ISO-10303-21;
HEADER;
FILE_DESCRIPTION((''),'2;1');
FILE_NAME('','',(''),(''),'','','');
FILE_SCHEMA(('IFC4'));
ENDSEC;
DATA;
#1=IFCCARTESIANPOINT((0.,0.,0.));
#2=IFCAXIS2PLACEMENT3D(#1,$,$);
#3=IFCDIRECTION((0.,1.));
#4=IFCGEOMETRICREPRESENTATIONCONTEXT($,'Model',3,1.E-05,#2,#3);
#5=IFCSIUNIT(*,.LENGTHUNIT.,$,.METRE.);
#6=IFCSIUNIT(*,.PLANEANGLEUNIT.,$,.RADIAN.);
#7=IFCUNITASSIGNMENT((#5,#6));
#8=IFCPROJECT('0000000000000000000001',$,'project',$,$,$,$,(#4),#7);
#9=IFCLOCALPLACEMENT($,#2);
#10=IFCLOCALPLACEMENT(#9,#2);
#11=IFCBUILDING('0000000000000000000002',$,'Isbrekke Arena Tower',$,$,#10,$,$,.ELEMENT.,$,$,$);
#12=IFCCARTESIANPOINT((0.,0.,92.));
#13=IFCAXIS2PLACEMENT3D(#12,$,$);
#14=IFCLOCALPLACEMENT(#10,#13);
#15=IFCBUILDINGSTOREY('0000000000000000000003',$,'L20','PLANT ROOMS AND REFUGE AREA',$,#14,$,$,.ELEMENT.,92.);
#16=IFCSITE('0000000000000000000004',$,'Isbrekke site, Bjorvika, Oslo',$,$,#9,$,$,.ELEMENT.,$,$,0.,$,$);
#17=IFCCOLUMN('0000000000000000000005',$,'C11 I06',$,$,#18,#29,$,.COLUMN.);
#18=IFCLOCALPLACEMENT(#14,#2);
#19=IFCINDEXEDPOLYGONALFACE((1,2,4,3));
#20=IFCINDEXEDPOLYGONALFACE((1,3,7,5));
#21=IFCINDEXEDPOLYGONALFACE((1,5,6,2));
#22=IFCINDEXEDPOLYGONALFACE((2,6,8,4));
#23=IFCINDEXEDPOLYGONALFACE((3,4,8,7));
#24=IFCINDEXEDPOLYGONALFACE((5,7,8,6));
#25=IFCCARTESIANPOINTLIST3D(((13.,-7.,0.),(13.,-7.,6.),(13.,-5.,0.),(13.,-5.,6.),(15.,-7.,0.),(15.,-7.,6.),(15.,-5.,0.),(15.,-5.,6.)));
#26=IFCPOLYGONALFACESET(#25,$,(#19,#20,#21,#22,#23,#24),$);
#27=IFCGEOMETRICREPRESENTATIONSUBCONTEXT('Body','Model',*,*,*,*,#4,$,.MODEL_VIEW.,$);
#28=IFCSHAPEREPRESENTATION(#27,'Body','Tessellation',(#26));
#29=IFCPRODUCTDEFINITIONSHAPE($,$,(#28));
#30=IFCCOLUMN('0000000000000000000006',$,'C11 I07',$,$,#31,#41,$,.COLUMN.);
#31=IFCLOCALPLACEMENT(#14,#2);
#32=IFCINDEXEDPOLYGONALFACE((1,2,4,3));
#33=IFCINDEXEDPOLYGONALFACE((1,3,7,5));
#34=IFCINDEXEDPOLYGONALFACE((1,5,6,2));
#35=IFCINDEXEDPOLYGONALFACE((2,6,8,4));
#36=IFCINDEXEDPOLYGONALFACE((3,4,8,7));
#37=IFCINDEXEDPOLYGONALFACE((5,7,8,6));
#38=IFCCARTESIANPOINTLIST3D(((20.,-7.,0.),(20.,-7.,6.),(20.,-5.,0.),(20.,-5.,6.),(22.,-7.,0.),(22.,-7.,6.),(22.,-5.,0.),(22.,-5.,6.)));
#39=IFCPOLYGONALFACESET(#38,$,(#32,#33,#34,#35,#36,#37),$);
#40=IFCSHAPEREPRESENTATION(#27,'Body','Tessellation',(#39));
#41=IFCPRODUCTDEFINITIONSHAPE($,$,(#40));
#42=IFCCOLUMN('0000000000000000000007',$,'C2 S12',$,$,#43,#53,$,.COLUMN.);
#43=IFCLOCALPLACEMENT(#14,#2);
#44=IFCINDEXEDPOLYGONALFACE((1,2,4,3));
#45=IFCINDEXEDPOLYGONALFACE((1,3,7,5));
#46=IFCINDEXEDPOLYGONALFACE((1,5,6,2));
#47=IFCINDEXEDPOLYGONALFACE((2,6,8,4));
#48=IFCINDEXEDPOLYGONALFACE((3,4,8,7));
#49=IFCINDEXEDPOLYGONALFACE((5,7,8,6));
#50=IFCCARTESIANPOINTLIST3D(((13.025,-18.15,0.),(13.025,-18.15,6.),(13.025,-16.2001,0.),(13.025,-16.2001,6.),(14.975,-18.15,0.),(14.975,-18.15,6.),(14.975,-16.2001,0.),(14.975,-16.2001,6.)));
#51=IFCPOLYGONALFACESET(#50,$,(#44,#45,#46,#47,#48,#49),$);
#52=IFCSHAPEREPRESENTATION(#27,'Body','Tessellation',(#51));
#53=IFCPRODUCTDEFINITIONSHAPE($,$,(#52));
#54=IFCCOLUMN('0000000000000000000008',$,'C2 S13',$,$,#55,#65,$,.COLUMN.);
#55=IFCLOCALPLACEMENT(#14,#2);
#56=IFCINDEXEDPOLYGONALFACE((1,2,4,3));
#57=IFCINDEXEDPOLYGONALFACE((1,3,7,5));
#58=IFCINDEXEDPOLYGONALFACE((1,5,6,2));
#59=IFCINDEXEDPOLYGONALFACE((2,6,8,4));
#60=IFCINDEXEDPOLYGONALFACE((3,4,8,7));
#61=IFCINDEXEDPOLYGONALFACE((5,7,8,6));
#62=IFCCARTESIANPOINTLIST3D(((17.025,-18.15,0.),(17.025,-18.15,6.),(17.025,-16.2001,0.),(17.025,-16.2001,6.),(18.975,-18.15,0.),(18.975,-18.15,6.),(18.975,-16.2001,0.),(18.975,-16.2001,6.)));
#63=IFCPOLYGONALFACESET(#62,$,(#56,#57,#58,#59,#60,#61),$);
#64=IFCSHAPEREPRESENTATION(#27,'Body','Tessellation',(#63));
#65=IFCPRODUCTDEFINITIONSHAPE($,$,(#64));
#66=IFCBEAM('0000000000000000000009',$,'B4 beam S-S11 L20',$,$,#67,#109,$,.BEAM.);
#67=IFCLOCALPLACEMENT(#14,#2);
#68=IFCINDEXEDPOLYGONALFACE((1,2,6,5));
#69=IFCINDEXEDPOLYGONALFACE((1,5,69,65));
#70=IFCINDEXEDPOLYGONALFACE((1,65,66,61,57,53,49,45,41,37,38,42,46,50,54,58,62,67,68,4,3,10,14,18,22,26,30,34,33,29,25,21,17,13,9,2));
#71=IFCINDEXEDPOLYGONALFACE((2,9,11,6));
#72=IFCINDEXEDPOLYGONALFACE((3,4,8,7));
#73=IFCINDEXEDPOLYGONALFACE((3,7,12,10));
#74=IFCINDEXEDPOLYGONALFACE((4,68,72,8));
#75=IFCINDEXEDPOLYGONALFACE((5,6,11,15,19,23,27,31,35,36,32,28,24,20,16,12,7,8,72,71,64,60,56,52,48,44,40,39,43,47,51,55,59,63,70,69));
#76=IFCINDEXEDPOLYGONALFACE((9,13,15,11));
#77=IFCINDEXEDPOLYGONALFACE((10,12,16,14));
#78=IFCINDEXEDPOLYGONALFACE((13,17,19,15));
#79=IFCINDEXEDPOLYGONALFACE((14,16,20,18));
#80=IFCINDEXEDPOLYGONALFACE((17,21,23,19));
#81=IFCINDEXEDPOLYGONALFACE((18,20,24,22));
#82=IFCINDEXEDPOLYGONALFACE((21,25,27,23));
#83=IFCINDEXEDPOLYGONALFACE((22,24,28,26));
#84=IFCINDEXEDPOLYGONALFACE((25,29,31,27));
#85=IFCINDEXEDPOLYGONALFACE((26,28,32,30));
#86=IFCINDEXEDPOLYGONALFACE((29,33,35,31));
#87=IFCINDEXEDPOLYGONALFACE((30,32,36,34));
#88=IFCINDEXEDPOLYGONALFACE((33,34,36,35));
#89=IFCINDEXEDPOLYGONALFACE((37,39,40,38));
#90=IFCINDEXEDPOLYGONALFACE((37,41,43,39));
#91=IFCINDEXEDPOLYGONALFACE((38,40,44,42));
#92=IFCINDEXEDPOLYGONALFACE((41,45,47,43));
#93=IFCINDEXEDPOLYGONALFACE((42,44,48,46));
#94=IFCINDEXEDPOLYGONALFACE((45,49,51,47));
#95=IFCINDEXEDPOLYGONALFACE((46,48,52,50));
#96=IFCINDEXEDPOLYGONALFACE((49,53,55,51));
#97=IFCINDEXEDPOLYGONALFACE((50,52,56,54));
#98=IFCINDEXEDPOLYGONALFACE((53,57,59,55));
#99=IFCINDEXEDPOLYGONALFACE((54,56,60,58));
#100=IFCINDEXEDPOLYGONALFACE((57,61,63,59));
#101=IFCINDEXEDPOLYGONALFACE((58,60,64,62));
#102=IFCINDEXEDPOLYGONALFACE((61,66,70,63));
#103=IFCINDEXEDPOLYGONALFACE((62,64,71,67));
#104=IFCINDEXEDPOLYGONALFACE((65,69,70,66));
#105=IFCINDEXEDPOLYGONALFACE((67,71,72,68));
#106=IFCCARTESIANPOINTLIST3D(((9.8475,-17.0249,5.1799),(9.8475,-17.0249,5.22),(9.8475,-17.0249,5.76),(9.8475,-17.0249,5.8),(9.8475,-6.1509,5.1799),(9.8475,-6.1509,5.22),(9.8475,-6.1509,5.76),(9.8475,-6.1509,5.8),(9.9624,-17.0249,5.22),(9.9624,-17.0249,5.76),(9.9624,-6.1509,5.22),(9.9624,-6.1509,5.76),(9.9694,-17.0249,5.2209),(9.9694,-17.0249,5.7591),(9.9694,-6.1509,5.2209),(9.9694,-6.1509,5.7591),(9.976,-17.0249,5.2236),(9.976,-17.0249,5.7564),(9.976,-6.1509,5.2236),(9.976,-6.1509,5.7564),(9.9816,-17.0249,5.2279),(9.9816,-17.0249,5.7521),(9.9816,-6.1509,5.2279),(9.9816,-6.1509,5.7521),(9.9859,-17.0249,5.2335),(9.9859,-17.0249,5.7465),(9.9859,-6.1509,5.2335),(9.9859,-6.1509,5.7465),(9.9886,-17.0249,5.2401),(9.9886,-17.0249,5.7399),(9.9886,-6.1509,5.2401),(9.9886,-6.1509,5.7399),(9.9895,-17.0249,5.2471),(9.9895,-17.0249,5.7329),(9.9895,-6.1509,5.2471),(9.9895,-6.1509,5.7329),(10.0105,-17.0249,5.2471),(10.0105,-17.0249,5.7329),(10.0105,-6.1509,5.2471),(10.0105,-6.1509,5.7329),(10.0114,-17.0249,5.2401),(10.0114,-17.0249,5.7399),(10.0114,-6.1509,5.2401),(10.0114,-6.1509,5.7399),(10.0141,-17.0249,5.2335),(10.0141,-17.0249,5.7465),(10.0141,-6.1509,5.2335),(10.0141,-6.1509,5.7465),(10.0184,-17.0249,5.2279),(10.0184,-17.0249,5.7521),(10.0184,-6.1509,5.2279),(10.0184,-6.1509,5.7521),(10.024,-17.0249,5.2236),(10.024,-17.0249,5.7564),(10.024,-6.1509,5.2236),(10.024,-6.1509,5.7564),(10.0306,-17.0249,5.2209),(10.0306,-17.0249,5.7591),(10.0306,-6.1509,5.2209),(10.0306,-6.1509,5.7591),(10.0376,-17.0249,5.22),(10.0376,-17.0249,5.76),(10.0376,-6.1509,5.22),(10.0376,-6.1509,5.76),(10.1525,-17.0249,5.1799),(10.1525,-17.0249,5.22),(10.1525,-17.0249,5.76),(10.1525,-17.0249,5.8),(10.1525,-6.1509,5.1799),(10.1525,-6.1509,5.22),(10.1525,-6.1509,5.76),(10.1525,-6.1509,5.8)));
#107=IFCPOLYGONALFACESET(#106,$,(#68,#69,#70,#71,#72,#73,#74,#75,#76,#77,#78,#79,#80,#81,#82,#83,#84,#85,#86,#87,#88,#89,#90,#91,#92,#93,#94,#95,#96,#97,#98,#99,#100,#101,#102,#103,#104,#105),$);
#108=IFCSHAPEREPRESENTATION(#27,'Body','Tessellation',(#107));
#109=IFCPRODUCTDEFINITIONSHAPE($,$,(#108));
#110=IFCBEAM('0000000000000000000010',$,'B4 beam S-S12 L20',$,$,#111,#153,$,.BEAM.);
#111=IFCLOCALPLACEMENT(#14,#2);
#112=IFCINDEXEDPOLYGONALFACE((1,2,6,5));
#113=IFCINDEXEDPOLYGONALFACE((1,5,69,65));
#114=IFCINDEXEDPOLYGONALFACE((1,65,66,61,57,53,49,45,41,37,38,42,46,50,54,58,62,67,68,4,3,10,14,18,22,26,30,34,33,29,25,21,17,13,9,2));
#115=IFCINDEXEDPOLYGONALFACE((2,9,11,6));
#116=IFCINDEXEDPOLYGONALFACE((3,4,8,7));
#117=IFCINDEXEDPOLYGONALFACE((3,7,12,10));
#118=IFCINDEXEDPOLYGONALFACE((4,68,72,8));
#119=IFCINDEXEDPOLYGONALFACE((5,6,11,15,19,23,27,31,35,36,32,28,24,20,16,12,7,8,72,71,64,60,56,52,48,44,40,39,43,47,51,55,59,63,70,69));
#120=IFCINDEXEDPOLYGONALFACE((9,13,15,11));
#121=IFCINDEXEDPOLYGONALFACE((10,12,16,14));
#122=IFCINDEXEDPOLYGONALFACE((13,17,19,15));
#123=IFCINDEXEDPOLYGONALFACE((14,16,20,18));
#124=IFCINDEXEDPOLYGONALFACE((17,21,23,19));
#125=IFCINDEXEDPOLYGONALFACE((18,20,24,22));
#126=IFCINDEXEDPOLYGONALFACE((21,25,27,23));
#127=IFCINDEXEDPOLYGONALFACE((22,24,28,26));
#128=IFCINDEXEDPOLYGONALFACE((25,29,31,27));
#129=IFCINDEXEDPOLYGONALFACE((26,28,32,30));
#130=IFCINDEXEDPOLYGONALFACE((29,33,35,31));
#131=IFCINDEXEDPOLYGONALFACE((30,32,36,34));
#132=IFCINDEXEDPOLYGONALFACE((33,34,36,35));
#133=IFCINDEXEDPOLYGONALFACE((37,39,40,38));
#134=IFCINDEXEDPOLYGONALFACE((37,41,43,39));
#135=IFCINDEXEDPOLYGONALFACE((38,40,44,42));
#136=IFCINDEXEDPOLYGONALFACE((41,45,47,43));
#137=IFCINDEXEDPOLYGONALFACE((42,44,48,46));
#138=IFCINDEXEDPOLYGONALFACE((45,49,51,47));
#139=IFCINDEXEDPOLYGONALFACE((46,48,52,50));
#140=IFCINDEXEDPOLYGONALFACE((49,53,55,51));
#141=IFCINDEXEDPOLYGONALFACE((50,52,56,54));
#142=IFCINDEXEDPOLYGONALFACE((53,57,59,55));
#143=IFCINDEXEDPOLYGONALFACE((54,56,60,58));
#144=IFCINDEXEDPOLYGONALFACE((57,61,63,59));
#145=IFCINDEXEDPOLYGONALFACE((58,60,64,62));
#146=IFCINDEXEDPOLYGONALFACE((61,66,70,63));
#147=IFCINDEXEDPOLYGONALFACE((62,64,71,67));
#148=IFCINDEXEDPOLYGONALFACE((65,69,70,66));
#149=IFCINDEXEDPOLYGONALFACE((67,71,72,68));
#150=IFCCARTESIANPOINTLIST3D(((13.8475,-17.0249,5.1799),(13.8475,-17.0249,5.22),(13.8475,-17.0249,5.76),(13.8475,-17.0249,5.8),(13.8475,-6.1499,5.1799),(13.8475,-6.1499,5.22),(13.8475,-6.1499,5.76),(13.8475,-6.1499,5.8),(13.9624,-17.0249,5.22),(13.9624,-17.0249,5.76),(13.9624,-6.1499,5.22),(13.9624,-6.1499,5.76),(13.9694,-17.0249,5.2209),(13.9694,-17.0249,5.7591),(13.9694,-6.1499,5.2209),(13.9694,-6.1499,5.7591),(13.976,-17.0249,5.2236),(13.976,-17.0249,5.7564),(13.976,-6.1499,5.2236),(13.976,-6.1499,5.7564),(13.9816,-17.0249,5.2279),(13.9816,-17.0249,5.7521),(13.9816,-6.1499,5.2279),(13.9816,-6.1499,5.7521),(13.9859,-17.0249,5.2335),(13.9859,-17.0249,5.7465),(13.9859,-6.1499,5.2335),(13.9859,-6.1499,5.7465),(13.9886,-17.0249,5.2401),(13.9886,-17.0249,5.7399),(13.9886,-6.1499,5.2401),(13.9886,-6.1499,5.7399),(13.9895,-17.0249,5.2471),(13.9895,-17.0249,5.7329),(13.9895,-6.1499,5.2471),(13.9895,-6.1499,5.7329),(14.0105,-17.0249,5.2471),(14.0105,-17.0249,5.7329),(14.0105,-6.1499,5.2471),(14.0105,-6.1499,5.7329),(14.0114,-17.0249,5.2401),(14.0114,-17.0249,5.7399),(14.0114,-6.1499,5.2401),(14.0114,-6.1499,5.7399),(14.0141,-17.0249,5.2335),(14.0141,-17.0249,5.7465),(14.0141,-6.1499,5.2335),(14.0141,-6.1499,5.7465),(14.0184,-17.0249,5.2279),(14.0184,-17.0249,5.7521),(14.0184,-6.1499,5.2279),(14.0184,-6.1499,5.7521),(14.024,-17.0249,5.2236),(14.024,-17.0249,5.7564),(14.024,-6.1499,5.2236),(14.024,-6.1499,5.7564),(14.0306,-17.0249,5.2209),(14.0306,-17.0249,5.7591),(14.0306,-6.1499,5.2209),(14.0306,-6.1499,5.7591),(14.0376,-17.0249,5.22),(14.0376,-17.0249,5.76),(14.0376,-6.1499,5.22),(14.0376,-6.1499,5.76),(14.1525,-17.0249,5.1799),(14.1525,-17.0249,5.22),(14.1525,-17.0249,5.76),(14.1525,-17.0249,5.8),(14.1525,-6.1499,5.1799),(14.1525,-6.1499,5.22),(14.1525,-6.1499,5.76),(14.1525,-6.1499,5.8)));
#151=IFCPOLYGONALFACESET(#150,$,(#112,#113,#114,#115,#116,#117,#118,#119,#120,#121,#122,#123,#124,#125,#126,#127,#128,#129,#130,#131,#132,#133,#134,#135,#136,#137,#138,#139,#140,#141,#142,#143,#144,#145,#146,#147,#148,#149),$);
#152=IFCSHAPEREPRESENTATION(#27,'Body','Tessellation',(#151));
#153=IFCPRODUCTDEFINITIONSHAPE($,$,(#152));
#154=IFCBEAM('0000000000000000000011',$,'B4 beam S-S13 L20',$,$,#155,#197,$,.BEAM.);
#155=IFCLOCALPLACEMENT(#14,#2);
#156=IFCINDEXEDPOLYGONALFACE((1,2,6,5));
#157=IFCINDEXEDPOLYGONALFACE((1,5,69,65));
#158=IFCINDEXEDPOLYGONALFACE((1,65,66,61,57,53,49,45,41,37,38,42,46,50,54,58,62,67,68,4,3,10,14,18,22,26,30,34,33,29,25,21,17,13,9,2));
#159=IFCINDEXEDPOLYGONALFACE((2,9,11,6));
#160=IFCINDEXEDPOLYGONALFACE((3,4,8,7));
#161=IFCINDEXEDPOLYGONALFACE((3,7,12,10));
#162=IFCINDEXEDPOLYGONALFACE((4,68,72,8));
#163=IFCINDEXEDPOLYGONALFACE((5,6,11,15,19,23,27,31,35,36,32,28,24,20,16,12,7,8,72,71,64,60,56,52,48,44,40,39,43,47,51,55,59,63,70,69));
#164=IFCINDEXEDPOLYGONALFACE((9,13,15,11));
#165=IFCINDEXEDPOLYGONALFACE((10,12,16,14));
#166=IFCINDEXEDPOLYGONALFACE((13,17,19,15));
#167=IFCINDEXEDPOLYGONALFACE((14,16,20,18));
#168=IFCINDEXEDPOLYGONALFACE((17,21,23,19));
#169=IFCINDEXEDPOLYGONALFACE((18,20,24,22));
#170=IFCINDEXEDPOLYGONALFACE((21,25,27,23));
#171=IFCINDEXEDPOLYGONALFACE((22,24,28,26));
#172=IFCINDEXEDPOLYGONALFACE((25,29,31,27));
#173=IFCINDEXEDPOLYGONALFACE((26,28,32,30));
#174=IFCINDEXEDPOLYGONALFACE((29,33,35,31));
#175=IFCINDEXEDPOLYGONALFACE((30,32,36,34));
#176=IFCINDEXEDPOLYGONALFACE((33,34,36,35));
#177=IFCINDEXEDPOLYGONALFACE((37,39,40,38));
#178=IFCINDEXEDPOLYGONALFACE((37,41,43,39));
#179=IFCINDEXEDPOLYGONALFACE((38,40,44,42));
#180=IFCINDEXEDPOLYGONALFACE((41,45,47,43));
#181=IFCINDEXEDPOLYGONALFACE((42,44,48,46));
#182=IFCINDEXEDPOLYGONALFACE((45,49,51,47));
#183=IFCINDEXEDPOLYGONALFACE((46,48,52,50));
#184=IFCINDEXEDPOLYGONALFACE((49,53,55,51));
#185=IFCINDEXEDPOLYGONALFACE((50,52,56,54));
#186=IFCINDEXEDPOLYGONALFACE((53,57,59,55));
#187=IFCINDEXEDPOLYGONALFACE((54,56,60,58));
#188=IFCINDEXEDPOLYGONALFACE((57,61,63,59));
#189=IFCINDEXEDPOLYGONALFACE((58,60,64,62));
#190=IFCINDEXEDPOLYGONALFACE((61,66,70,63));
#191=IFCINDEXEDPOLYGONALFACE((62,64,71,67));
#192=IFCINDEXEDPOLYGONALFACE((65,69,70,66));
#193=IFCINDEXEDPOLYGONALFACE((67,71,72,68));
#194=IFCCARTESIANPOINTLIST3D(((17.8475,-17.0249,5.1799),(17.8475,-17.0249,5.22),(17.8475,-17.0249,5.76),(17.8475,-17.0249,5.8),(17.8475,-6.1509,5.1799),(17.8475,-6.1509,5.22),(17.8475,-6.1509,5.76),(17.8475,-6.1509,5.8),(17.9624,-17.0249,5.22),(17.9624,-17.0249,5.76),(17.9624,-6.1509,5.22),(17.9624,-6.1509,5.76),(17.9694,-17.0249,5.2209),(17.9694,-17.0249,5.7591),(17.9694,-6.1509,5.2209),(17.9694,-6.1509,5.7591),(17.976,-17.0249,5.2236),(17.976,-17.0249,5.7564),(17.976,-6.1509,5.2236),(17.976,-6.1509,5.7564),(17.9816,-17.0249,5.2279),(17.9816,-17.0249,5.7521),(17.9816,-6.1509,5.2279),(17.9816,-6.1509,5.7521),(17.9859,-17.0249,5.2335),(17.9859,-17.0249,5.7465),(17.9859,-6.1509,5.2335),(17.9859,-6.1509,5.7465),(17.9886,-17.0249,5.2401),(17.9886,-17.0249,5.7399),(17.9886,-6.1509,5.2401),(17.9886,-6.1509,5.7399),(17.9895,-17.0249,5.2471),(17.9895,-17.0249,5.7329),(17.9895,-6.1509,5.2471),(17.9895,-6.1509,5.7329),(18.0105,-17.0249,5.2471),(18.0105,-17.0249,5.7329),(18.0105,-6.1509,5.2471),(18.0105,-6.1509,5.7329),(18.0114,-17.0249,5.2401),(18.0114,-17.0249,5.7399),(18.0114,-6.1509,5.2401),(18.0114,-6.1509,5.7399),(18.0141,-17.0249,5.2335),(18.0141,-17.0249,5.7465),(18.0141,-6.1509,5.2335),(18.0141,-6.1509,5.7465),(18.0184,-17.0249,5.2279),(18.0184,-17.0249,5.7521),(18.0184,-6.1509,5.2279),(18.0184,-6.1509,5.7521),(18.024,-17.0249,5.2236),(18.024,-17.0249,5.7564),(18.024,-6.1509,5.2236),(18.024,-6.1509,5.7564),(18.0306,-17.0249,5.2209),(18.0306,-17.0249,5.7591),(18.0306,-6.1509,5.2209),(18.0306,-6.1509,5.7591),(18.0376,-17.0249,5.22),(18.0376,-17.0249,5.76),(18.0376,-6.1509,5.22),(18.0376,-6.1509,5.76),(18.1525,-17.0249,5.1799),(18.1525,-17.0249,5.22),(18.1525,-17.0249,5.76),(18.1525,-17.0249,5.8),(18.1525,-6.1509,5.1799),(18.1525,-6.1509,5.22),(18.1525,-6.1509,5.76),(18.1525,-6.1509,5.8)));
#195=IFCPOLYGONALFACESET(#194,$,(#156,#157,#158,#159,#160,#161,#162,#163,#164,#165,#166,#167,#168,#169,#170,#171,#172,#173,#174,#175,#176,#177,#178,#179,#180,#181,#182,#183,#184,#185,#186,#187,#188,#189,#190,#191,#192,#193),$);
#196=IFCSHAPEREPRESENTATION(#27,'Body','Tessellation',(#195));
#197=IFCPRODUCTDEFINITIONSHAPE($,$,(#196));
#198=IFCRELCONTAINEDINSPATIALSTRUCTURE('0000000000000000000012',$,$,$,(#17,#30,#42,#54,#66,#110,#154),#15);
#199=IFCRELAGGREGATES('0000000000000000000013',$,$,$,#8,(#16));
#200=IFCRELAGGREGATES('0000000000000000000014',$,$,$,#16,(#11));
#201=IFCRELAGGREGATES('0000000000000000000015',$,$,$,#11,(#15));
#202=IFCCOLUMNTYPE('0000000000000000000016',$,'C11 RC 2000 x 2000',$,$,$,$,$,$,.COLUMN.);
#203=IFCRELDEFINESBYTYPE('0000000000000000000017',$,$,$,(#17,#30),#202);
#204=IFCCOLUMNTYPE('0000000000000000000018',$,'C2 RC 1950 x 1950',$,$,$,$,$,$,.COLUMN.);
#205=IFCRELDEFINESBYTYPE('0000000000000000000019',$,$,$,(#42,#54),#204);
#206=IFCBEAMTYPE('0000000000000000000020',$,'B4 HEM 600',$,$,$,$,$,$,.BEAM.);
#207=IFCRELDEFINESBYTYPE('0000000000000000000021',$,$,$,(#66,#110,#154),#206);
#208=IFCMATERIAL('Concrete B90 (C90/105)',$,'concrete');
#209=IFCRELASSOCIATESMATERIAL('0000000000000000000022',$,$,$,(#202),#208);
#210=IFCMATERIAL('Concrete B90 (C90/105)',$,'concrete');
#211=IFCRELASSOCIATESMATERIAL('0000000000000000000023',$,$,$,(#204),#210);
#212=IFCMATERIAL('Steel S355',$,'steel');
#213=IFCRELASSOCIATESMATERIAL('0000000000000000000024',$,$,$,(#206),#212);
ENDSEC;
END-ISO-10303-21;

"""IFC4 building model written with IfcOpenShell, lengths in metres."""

from ifc_helpers import new_model, si_unit, direction, frame, origin, origin_2d, place, context, subcontext, project, spatial, rectangle, i_section, extrude, material, material_profile, profile_set, type_object, element, save


model = new_model("IFC4")

# Units and contexts
model_context = context("Model", 3, precision=1e-05, world=origin(), true_north=direction((0.0, 1.0)))
body_context = subcontext(model_context, "Body", "Model", "MODEL_VIEW")
ifc_project = project(units=[si_unit("LENGTHUNIT", "METRE"), si_unit("PLANEANGLEUNIT", "RADIAN")], contexts=[model_context])

# Site, building, storey
site_placement = place(None, origin())
site = spatial("IfcSite", under=ifc_project, at=site_placement, Name="Isbrekke site, Bjorvika, Oslo", CompositionType="ELEMENT", RefElevation=0.0)
building_placement = place(site_placement, origin())
building = spatial("IfcBuilding", under=site, at=building_placement, Name="Isbrekke Arena Tower", CompositionType="ELEMENT")
storey_placement = place(building_placement, frame((0.0, 0.0, 92.0)))
storey = spatial("IfcBuildingStorey", under=building, at=storey_placement, Name="L20", Description="PLANT ROOMS AND REFUGE AREA", CompositionType="ELEMENT", Elevation=92.0)

# Columns
ifc_material_1 = material(Name="Concrete B90 (C90/105)", Category="concrete")
ifc_material_profile_1 = material_profile(ifc_material_1, rectangle(XDim=2.0, YDim=2.0, at=origin_2d()), Name="RC 2000x2000")
ifc_profile_set_1 = profile_set([ifc_material_profile_1], Name="Concrete B90 (C90/105)")
column_type_1 = type_object("IfcColumnType", Name="C11 RC 2000 x 2000", PredefinedType="COLUMN", material=ifc_profile_set_1)
for number, where, z_axis, x_axis, name in (
    (1, (14.0, -6.0, 0.0), (0.0, 0.0, 1.0), (1.0, 0.0, 0.0), "C11 I06"),
    (2, (21.0, -6.0, 0.0), (0.0, 0.0, 1.0), (1.0, 0.0, 0.0), "C11 I07"),
):
    element("IfcColumn", number, at=place(storey_placement, frame(where, z_axis=z_axis, x_axis=x_axis)), inside=storey, type_object=column_type_1, Name=name, PredefinedType="COLUMN", context=body_context, shape_type="SweptSolid", body=[
        extrude(rectangle(XDim=2.0, YDim=2.0, at=origin_2d()), origin(), (0.0, 0.0, 1.0), 6.0),
    ])
ifc_material_2 = material(Name="Concrete B90 (C90/105)", Category="concrete")
ifc_material_profile_2 = material_profile(ifc_material_2, rectangle(XDim=1.95, YDim=1.95, at=origin_2d()), Name="RC 1950x1950")
ifc_profile_set_2 = profile_set([ifc_material_profile_2], Name="Concrete B90 (C90/105)")
column_type_2 = type_object("IfcColumnType", Name="C2 RC 1950 x 1950", PredefinedType="COLUMN", material=ifc_profile_set_2)
for number, where, z_axis, x_axis, name in (
    (3, (14.0, -17.175, 0.0), (0.0, 0.0, 1.0), (1.0, 0.0, 0.0), "C2 S12"),
    (4, (18.0, -17.175, 0.0), (0.0, 0.0, 1.0), (1.0, 0.0, 0.0), "C2 S13"),
):
    element("IfcColumn", number, at=place(storey_placement, frame(where, z_axis=z_axis, x_axis=x_axis)), inside=storey, type_object=column_type_2, Name=name, PredefinedType="COLUMN", context=body_context, shape_type="SweptSolid", body=[
        extrude(rectangle(XDim=1.95, YDim=1.95, at=origin_2d()), origin(), (0.0, 0.0, 1.0), 6.0),
    ])

# Beams
ifc_material_3 = material(Name="Steel S355", Category="steel")
ifc_material_profile_3 = material_profile(ifc_material_3, i_section(OverallWidth=0.3049, OverallDepth=0.6201, WebThickness=0.021, FlangeThickness=0.04, FilletRadius=0.0271, at=origin_2d()), Name="HEM 600")
ifc_profile_set_3 = profile_set([ifc_material_profile_3], Name="Steel S355")
beam_type_1 = type_object("IfcBeamType", Name="B4 HEM 600", PredefinedType="BEAM", material=ifc_profile_set_3)
beam_1_placement = place(storey_placement, frame((10.0, -17.0249, 5.49), z_axis=(0.0, 1.0, 0.0), x_axis=(-1.0, 0.0, 0.0)))
element("IfcBeam", 5, at=beam_1_placement, inside=storey, type_object=beam_type_1, Name="B4 beam S-S11 L20", PredefinedType="BEAM", context=body_context, shape_type="SweptSolid", body=[
    extrude(i_section(OverallWidth=0.3049, OverallDepth=0.6201, WebThickness=0.021, FlangeThickness=0.04, FilletRadius=0.0271, at=origin_2d()), origin(), (0.0, 0.0, 1.0), 10.874),
])
beam_2_placement = place(storey_placement, frame((14.0, -17.0249, 5.49), z_axis=(0.0, 1.0, 0.0), x_axis=(-1.0, 0.0, 0.0)))
element("IfcBeam", 6, at=beam_2_placement, inside=storey, type_object=beam_type_1, Name="B4 beam S-S12 L20", PredefinedType="BEAM", context=body_context, shape_type="SweptSolid", body=[
    extrude(i_section(OverallWidth=0.3049, OverallDepth=0.6201, WebThickness=0.021, FlangeThickness=0.04, FilletRadius=0.0271, at=origin_2d()), origin(), (0.0, 0.0, 1.0), 10.875),
])
beam_3_placement = place(storey_placement, frame((18.0, -17.0249, 5.49), z_axis=(0.0, 1.0, 0.0), x_axis=(-1.0, 0.0, 0.0)))
element("IfcBeam", 7, at=beam_3_placement, inside=storey, type_object=beam_type_1, Name="B4 beam S-S13 L20", PredefinedType="BEAM", context=body_context, shape_type="SweptSolid", body=[
    extrude(i_section(OverallWidth=0.3049, OverallDepth=0.6201, WebThickness=0.021, FlangeThickness=0.04, FilletRadius=0.0271, at=origin_2d()), origin(), (0.0, 0.0, 1.0), 10.874),
])

save(model, "model.ifc")
